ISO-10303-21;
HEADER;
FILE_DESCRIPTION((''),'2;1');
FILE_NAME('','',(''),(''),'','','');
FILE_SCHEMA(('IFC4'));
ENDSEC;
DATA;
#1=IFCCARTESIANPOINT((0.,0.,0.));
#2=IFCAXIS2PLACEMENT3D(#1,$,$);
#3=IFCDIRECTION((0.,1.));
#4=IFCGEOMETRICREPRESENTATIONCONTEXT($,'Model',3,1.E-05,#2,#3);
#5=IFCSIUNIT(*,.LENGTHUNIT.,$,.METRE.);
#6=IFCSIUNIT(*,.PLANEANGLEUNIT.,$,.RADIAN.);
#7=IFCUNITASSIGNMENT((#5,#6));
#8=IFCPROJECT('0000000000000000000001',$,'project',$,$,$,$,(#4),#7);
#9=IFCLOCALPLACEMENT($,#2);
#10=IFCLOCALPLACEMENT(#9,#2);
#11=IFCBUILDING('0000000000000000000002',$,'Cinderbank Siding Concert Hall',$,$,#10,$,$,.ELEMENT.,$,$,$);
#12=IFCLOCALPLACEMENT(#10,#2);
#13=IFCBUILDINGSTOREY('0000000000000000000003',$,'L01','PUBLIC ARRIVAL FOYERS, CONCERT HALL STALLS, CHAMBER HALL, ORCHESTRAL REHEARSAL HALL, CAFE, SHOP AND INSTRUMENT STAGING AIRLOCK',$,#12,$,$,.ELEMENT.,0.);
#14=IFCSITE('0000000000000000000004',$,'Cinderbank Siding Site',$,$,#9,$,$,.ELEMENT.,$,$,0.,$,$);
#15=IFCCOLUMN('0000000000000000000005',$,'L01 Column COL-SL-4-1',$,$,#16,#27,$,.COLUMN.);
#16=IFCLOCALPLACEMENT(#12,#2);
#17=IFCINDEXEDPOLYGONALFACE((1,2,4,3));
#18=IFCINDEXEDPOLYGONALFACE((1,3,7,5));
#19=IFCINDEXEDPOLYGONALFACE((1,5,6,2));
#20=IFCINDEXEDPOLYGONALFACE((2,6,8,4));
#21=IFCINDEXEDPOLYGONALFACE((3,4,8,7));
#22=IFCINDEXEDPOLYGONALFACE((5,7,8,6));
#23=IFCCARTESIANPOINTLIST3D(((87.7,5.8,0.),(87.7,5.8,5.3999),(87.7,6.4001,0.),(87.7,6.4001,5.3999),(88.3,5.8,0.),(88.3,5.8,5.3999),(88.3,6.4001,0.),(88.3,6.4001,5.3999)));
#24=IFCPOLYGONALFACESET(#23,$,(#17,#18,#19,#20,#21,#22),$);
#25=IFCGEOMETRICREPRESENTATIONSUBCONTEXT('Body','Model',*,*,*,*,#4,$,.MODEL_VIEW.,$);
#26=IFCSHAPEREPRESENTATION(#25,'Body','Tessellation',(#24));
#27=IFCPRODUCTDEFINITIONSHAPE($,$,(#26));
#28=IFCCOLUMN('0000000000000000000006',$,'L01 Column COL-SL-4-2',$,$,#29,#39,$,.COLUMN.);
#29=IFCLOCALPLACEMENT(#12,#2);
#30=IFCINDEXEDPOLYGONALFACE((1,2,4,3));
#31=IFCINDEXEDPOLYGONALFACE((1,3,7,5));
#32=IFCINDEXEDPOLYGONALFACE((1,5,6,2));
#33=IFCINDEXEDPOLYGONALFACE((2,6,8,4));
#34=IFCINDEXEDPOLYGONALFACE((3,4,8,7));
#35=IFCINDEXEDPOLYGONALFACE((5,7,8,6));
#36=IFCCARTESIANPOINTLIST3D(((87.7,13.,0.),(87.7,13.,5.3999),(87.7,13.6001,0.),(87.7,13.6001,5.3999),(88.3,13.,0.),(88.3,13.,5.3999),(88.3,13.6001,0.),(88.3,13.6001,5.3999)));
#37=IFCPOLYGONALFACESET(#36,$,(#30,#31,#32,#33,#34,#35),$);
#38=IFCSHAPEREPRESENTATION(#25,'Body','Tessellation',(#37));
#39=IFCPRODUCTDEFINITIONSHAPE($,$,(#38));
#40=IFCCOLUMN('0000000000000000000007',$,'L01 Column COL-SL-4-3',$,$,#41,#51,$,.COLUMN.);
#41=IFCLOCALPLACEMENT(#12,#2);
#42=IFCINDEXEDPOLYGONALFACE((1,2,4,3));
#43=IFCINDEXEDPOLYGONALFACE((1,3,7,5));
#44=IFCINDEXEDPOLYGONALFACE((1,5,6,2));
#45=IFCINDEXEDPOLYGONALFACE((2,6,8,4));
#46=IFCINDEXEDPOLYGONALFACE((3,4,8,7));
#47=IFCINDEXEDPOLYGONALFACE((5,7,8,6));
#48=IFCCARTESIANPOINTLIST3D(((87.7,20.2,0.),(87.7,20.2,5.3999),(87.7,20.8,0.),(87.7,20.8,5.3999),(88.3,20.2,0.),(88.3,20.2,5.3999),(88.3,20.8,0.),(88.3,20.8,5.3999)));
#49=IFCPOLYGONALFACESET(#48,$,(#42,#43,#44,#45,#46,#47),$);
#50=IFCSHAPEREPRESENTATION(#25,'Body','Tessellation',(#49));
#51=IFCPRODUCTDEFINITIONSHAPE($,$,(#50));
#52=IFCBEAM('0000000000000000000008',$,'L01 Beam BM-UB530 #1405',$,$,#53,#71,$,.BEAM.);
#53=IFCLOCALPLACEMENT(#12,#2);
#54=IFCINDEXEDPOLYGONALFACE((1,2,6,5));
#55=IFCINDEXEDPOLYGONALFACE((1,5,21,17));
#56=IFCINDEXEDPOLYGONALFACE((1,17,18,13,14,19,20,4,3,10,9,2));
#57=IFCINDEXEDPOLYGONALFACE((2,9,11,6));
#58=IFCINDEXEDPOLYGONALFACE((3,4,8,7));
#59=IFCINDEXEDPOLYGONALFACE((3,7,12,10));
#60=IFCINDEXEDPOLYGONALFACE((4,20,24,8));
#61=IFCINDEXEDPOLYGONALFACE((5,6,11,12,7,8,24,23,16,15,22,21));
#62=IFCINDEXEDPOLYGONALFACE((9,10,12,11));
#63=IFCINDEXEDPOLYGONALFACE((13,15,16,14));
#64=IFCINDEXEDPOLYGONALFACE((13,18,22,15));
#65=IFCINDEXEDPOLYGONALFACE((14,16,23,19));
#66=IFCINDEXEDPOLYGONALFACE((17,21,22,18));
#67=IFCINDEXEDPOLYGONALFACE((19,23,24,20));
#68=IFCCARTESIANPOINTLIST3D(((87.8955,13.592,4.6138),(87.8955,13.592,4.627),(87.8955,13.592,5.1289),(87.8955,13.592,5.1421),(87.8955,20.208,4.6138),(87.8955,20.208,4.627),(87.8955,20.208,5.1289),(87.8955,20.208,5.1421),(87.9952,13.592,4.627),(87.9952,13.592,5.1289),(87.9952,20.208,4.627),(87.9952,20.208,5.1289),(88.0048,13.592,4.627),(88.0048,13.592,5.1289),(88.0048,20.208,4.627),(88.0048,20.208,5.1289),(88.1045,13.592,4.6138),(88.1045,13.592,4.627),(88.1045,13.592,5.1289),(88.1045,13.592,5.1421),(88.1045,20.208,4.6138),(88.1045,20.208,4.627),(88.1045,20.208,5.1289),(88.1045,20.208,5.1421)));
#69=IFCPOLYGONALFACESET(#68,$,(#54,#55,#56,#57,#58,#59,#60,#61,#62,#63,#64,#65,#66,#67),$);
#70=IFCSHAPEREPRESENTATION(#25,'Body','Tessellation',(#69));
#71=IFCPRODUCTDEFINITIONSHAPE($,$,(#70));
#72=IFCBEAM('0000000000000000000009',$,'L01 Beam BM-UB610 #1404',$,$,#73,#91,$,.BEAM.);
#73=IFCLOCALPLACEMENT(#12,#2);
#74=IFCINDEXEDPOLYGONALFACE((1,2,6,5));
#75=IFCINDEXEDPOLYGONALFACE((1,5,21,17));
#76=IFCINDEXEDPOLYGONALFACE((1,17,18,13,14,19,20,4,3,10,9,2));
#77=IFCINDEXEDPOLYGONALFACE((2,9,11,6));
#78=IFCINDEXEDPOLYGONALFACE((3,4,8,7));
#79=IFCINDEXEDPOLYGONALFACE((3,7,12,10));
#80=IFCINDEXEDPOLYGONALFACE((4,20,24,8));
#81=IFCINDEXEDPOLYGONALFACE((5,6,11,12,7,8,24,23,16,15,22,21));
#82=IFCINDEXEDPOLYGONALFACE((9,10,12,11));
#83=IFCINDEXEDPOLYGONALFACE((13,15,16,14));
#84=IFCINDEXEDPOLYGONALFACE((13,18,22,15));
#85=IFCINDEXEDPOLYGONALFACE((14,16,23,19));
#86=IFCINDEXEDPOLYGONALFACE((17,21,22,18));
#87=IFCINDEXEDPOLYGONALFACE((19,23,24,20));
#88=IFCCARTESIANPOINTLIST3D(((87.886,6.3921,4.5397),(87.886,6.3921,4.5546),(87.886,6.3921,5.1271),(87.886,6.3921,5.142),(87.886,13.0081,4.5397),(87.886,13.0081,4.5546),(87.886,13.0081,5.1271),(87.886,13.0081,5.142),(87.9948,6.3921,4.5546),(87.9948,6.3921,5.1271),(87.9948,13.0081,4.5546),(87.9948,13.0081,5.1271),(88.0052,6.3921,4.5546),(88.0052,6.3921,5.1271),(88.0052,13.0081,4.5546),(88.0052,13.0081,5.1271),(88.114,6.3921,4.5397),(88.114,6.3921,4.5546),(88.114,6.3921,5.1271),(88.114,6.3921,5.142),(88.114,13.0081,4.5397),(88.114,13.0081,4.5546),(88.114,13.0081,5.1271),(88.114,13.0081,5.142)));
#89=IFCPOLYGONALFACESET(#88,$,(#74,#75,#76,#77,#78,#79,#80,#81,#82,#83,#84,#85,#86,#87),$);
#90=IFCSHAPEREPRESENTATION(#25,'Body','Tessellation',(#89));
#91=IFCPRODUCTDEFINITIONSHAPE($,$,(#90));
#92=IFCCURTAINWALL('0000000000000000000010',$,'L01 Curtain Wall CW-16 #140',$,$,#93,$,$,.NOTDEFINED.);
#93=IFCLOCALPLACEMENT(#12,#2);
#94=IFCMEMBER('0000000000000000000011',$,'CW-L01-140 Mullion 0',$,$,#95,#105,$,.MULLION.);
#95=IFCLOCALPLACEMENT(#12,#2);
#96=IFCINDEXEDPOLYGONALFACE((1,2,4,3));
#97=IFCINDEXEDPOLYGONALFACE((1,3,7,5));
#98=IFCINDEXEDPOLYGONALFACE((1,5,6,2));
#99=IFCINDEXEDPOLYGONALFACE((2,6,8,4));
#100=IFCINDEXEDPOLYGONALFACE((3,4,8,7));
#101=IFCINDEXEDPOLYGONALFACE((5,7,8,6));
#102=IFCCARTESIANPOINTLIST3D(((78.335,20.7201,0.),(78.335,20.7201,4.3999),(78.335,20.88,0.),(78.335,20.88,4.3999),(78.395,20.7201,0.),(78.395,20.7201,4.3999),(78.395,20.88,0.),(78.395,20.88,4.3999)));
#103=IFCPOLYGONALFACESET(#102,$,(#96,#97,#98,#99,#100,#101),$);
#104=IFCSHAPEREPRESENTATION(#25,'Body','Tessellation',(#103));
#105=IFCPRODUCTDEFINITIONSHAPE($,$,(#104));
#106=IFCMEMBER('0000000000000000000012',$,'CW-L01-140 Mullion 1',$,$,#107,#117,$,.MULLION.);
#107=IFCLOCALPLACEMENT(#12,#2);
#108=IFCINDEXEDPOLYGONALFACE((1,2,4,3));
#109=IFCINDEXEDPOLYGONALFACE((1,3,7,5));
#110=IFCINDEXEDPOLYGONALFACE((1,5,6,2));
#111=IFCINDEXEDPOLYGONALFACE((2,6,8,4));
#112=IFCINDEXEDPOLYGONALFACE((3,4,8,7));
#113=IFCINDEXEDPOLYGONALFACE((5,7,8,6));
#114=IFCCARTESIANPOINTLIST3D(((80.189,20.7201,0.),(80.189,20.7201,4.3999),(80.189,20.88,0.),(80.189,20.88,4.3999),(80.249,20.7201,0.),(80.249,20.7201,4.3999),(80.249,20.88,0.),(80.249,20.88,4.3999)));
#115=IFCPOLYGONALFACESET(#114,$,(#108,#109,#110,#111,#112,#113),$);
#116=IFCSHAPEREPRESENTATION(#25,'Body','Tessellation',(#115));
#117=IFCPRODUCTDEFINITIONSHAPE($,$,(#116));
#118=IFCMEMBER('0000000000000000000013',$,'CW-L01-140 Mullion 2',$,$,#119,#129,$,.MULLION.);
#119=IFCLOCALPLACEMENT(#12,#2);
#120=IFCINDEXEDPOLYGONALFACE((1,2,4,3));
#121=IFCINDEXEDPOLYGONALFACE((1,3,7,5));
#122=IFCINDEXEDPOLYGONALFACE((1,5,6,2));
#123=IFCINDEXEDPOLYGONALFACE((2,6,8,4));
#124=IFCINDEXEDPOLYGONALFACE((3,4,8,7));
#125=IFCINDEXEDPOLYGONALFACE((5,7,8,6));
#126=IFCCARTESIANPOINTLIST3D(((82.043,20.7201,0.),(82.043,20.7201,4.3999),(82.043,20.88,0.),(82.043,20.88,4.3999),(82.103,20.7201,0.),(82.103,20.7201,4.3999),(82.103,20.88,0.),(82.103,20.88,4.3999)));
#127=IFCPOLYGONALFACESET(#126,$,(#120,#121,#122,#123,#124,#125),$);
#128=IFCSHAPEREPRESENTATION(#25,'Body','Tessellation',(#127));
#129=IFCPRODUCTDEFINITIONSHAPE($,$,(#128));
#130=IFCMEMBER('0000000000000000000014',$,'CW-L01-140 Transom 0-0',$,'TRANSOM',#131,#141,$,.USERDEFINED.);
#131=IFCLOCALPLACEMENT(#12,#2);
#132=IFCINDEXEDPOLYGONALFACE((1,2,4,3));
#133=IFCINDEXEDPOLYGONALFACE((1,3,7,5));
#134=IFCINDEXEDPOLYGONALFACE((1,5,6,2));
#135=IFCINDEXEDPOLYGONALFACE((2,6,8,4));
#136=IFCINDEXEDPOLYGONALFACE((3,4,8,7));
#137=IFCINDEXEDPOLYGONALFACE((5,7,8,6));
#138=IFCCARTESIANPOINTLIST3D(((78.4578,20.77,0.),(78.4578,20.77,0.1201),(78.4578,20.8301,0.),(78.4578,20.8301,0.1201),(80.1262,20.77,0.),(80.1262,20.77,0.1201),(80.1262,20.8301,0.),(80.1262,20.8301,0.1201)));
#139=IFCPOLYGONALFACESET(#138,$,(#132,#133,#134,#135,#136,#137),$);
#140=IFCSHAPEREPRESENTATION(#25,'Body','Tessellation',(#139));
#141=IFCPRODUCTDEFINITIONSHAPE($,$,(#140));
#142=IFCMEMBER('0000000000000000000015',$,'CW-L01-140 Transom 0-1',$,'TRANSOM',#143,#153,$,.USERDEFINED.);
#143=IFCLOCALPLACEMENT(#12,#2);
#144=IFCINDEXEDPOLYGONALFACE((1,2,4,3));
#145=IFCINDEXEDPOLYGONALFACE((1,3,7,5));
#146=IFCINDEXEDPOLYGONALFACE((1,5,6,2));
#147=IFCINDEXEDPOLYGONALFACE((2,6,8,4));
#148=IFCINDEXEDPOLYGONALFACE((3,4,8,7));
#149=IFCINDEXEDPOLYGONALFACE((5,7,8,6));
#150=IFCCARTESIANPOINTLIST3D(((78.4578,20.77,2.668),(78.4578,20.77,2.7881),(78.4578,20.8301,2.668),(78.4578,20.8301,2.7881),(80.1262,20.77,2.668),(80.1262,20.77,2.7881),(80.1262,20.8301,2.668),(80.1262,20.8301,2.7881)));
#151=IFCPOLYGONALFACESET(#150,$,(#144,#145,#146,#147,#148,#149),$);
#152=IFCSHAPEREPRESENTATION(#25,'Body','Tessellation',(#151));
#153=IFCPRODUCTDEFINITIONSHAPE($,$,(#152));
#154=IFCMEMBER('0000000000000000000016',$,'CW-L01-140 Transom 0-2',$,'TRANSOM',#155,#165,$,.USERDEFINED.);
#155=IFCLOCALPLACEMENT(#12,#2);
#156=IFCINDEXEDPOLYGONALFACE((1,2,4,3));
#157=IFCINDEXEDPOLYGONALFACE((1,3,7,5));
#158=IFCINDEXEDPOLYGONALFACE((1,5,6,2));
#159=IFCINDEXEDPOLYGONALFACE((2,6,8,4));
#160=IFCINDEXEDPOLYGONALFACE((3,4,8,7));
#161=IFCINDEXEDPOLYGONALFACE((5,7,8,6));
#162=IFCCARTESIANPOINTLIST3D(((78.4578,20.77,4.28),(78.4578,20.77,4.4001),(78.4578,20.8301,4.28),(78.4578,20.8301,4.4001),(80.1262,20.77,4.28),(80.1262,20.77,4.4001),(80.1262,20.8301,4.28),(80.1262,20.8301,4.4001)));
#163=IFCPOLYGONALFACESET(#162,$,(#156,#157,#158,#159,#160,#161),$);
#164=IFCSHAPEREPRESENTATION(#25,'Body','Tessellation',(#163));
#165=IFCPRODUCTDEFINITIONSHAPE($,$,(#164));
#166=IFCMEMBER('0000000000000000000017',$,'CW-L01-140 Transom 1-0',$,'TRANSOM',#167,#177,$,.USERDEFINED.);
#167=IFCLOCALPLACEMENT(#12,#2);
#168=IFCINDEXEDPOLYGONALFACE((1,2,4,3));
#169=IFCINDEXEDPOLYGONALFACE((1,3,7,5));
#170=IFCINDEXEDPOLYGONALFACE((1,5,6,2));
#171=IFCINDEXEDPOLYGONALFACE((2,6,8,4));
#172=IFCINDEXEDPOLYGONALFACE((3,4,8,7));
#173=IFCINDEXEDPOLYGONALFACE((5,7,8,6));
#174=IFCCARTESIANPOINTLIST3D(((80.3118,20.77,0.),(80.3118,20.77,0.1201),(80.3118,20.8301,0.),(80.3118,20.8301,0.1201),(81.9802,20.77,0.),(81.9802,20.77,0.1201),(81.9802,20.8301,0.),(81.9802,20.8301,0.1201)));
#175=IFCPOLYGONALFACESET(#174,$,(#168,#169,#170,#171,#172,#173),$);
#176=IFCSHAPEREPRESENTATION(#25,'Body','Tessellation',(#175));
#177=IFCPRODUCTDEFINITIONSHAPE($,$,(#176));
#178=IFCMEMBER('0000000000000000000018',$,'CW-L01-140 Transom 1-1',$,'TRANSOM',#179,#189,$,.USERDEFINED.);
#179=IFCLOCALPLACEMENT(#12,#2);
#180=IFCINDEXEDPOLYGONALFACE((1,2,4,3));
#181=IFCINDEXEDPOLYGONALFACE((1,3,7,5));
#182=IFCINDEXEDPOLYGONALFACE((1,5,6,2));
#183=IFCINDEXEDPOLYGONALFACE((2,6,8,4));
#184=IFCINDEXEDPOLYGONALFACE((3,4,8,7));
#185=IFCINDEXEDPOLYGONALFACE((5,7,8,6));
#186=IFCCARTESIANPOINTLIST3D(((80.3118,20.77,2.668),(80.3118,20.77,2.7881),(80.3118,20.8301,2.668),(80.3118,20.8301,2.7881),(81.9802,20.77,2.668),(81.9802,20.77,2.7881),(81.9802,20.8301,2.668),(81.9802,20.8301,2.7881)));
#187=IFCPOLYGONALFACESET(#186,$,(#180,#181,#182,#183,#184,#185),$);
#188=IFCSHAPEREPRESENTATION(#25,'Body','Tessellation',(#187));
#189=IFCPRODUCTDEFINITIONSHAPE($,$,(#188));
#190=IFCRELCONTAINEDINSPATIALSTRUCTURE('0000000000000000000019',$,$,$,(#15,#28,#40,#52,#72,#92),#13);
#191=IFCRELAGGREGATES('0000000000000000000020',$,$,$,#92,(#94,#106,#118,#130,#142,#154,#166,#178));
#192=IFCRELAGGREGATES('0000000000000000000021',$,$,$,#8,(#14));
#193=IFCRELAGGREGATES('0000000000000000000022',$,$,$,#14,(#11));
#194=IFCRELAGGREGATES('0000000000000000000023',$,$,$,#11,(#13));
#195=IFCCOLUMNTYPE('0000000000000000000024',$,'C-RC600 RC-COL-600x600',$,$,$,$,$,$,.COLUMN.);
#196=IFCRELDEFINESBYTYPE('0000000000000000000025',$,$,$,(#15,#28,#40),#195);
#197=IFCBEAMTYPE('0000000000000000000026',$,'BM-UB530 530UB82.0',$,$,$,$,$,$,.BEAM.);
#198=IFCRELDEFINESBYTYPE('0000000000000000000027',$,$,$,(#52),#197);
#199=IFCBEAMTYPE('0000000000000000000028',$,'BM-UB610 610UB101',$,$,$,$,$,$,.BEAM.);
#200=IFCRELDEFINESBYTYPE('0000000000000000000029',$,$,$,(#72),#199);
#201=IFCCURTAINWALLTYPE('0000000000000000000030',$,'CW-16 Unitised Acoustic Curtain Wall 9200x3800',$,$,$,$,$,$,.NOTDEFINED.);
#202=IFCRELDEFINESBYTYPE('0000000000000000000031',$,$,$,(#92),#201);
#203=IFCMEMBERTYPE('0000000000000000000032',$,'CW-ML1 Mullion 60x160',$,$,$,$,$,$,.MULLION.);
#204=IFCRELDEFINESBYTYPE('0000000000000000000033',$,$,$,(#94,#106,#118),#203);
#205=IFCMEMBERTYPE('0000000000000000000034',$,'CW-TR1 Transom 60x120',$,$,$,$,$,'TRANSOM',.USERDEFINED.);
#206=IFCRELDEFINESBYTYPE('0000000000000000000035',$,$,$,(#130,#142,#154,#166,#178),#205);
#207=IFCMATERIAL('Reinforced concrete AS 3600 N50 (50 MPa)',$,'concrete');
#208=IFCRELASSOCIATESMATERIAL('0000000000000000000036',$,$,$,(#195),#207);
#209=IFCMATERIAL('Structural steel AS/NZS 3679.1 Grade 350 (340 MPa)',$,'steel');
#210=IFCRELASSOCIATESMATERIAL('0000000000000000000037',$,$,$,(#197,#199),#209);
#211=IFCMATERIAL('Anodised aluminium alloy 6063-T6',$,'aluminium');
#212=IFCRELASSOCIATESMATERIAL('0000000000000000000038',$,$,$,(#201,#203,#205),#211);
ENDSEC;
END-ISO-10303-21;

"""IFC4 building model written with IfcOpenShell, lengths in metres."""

from ifc_helpers import new_model, si_unit, direction, frame, origin, origin_2d, place, context, subcontext, project, spatial, rectangle, i_section, extrude, material, material_profile, profile_set, type_object, element, aggregate, save


model = new_model("IFC4")

# Units and contexts
model_context = context("Model", 3, precision=1e-05, world=origin(), true_north=direction((0.0, 1.0)))
body_context = subcontext(model_context, "Body", "Model", "MODEL_VIEW")
ifc_project = project(units=[si_unit("LENGTHUNIT", "METRE"), si_unit("PLANEANGLEUNIT", "RADIAN")], contexts=[model_context])

# Site, building, storey
site_placement = place(None, origin())
site = spatial("IfcSite", under=ifc_project, at=site_placement, Name="Cinderbank Siding Site", CompositionType="ELEMENT", RefElevation=0.0)
building_placement = place(site_placement, origin())
building = spatial("IfcBuilding", under=site, at=building_placement, Name="Cinderbank Siding Concert Hall", CompositionType="ELEMENT")
storey_placement = place(building_placement, origin())
storey = spatial("IfcBuildingStorey", under=building, at=storey_placement, Name="L01", Description="PUBLIC ARRIVAL FOYERS, CONCERT HALL STALLS, CHAMBER HALL, ORCHESTRAL REHEARSAL HALL, CAFE, SHOP AND INSTRUMENT STAGING AIRLOCK", CompositionType="ELEMENT", Elevation=0.0)

# Columns
ifc_material_1 = material(Name="Reinforced concrete AS 3600 N50 (50 MPa)", Category="concrete")
ifc_material_profile_1 = material_profile(ifc_material_1, rectangle(XDim=0.6001, YDim=0.6001, at=origin_2d()), Name="RC-COL-600x600", Category="LoadBearing")
ifc_profile_set_1 = profile_set([ifc_material_profile_1], Name="Reinforced concrete AS 3600 N50 (50 MPa)")
column_type = type_object("IfcColumnType", Name="C-RC600 RC-COL-600x600", PredefinedType="COLUMN", material=ifc_profile_set_1)
for number, where, z_axis, x_axis, name in (
    (1, (88.0, 6.1001, 0.0), (0.0, 0.0, 1.0), (1.0, 0.0, 0.0), "L01 Column COL-SL-4-1"),
    (2, (88.0, 13.3, 0.0), (0.0, 0.0, 1.0), (1.0, 0.0, 0.0), "L01 Column COL-SL-4-2"),
    (3, (88.0, 20.5, 0.0), (0.0, 0.0, 1.0), (1.0, 0.0, 0.0), "L01 Column COL-SL-4-3"),
):
    element("IfcColumn", number, at=place(storey_placement, frame(where, z_axis=z_axis, x_axis=x_axis)), inside=storey, type_object=column_type, Name=name, PredefinedType="COLUMN", context=body_context, shape_type="SweptSolid", body=[
        extrude(rectangle(XDim=0.6001, YDim=0.6001, at=origin_2d()), origin(), (0.0, 0.0, 1.0), 5.3999),
    ])

# Beams
ifc_material_2 = material(Name="Structural steel AS/NZS 3679.1 Grade 350 (340 MPa)", Category="steel")
ifc_material_profile_2 = material_profile(ifc_material_2, i_section(OverallWidth=0.209, OverallDepth=0.5283, WebThickness=0.0095, FlangeThickness=0.0132, at=origin_2d()), Name="530UB82.0", Category="LoadBearing")
ifc_profile_set_2 = profile_set([ifc_material_profile_2], Name="Structural steel AS/NZS 3679.1 Grade 350 (340 MPa)")
beam_type_1 = type_object("IfcBeamType", Name="BM-UB530 530UB82.0", PredefinedType="BEAM", material=ifc_profile_set_2)
beam_1_placement = place(storey_placement, frame((88.0, 13.592, 4.8779), z_axis=(0.0, 1.0, 0.0), x_axis=(-1.0, 0.0, 0.0)))
element("IfcBeam", 4, at=beam_1_placement, inside=storey, type_object=beam_type_1, Name="L01 Beam BM-UB530 #1405", PredefinedType="BEAM", context=body_context, shape_type="SweptSolid", body=[
    extrude(i_section(OverallWidth=0.209, OverallDepth=0.5283, WebThickness=0.0095, FlangeThickness=0.0132, at=origin_2d()), origin(), (0.0, 0.0, 1.0), 6.616),
])
ifc_material_profile_3 = material_profile(ifc_material_2, i_section(OverallWidth=0.228, OverallDepth=0.6023, WebThickness=0.0105, FlangeThickness=0.0149, at=origin_2d()), Name="610UB101", Category="LoadBearing")
ifc_profile_set_3 = profile_set([ifc_material_profile_3], Name="Structural steel AS/NZS 3679.1 Grade 350 (340 MPa)")
beam_type_2 = type_object("IfcBeamType", Name="BM-UB610 610UB101", PredefinedType="BEAM", material=ifc_profile_set_3)
beam_2_placement = place(storey_placement, frame((88.0, 6.3921, 4.8408), z_axis=(0.0, 1.0, 0.0), x_axis=(-1.0, 0.0, 0.0)))
element("IfcBeam", 5, at=beam_2_placement, inside=storey, type_object=beam_type_2, Name="L01 Beam BM-UB610 #1404", PredefinedType="BEAM", context=body_context, shape_type="SweptSolid", body=[
    extrude(i_section(OverallWidth=0.228, OverallDepth=0.6023, WebThickness=0.0105, FlangeThickness=0.0149, at=origin_2d()), origin(), (0.0, 0.0, 1.0), 6.616),
])

# Curtain wall, members
ifc_material_3 = material(Name="Anodised aluminium alloy 6063-T6", Category="aluminium")
curtain_wall_type = type_object("IfcCurtainWallType", Name="CW-16 Unitised Acoustic Curtain Wall 9200x3800", PredefinedType="NOTDEFINED", material=ifc_material_3)
curtain_wall_placement = place(storey_placement, origin())
curtain_wall = element("IfcCurtainWall", 6, at=curtain_wall_placement, inside=storey, type_object=curtain_wall_type, Name="L01 Curtain Wall CW-16 #140", PredefinedType="NOTDEFINED")
ifc_material_profile_4 = material_profile(ifc_material_3, rectangle(XDim=0.0601, YDim=0.1599, at=origin_2d()), Name="ALU-MULL-60x160", Category="LoadBearing")
ifc_profile_set_4 = profile_set([ifc_material_profile_4], Name="Anodised aluminium alloy 6063-T6")
member_type_1 = type_object("IfcMemberType", Name="CW-ML1 Mullion 60x160", PredefinedType="MULLION", material=ifc_profile_set_4)
member_1_placement = place(storey_placement, frame((78.365, 20.8, 0.0), z_axis=(0.0, 0.0, 1.0), x_axis=(1.0, 0.0, 0.0)))
member_1 = element("IfcMember", 7, at=member_1_placement, type_object=member_type_1, Name="CW-L01-140 Mullion 0", PredefinedType="MULLION", context=body_context, shape_type="SweptSolid", body=[
    extrude(rectangle(XDim=0.0601, YDim=0.1599, at=origin_2d()), origin(), (0.0, 0.0, 1.0), 4.3999),
])
member_2_placement = place(storey_placement, frame((80.219, 20.8, 0.0), z_axis=(0.0, 0.0, 1.0), x_axis=(1.0, 0.0, 0.0)))
member_2 = element("IfcMember", 8, at=member_2_placement, type_object=member_type_1, Name="CW-L01-140 Mullion 1", PredefinedType="MULLION", context=body_context, shape_type="SweptSolid", body=[
    extrude(rectangle(XDim=0.0601, YDim=0.1599, at=origin_2d()), origin(), (0.0, 0.0, 1.0), 4.3999),
])
member_3_placement = place(storey_placement, frame((82.073, 20.8, 0.0), z_axis=(0.0, 0.0, 1.0), x_axis=(1.0, 0.0, 0.0)))
member_3 = element("IfcMember", 9, at=member_3_placement, type_object=member_type_1, Name="CW-L01-140 Mullion 2", PredefinedType="MULLION", context=body_context, shape_type="SweptSolid", body=[
    extrude(rectangle(XDim=0.0601, YDim=0.1599, at=origin_2d()), origin(), (0.0, 0.0, 1.0), 4.3999),
])
ifc_material_profile_5 = material_profile(ifc_material_3, rectangle(XDim=0.0601, YDim=0.1201, at=origin_2d()), Name="ALU-TRAN-60x120", Category="LoadBearing")
ifc_profile_set_5 = profile_set([ifc_material_profile_5], Name="Anodised aluminium alloy 6063-T6")
member_type_2 = type_object("IfcMemberType", Name="CW-TR1 Transom 60x120", ElementType="TRANSOM", PredefinedType="USERDEFINED", material=ifc_profile_set_5)
member_4_placement = place(storey_placement, frame((78.4578, 20.8, 0.0601), z_axis=(1.0, 0.0, 0.0), x_axis=(0.0, 1.0, 0.0)))
member_4 = element("IfcMember", 10, at=member_4_placement, type_object=member_type_2, Name="CW-L01-140 Transom 0-0", ObjectType="TRANSOM", PredefinedType="USERDEFINED", context=body_context, shape_type="SweptSolid", body=[
    extrude(rectangle(XDim=0.0601, YDim=0.1201, at=origin_2d()), origin(), (0.0, 0.0, 1.0), 1.6685),
])
member_5_placement = place(storey_placement, frame((78.4578, 20.8, 2.728), z_axis=(1.0, 0.0, 0.0), x_axis=(0.0, 1.0, 0.0)))
member_5 = element("IfcMember", 11, at=member_5_placement, type_object=member_type_2, Name="CW-L01-140 Transom 0-1", ObjectType="TRANSOM", PredefinedType="USERDEFINED", context=body_context, shape_type="SweptSolid", body=[
    extrude(rectangle(XDim=0.0601, YDim=0.1201, at=origin_2d()), origin(), (0.0, 0.0, 1.0), 1.6685),
])
member_6_placement = place(storey_placement, frame((78.4578, 20.8, 4.3401), z_axis=(1.0, 0.0, 0.0), x_axis=(0.0, 1.0, 0.0)))
member_6 = element("IfcMember", 12, at=member_6_placement, type_object=member_type_2, Name="CW-L01-140 Transom 0-2", ObjectType="TRANSOM", PredefinedType="USERDEFINED", context=body_context, shape_type="SweptSolid", body=[
    extrude(rectangle(XDim=0.0601, YDim=0.1201, at=origin_2d()), origin(), (0.0, 0.0, 1.0), 1.6685),
])
member_7_placement = place(storey_placement, frame((80.3118, 20.8, 0.0601), z_axis=(1.0, 0.0, 0.0), x_axis=(0.0, 1.0, 0.0)))
member_7 = element("IfcMember", 13, at=member_7_placement, type_object=member_type_2, Name="CW-L01-140 Transom 1-0", ObjectType="TRANSOM", PredefinedType="USERDEFINED", context=body_context, shape_type="SweptSolid", body=[
    extrude(rectangle(XDim=0.0601, YDim=0.1201, at=origin_2d()), origin(), (0.0, 0.0, 1.0), 1.6685),
])
member_8_placement = place(storey_placement, frame((80.3118, 20.8, 2.728), z_axis=(1.0, 0.0, 0.0), x_axis=(0.0, 1.0, 0.0)))
member_8 = element("IfcMember", 14, at=member_8_placement, type_object=member_type_2, Name="CW-L01-140 Transom 1-1", ObjectType="TRANSOM", PredefinedType="USERDEFINED", context=body_context, shape_type="SweptSolid", body=[
    extrude(rectangle(XDim=0.0601, YDim=0.1201, at=origin_2d()), origin(), (0.0, 0.0, 1.0), 1.6685),
])
aggregate(curtain_wall, [member_1, member_2, member_3, member_4, member_5, member_6, member_7, member_8])

save(model, "model.ifc")
